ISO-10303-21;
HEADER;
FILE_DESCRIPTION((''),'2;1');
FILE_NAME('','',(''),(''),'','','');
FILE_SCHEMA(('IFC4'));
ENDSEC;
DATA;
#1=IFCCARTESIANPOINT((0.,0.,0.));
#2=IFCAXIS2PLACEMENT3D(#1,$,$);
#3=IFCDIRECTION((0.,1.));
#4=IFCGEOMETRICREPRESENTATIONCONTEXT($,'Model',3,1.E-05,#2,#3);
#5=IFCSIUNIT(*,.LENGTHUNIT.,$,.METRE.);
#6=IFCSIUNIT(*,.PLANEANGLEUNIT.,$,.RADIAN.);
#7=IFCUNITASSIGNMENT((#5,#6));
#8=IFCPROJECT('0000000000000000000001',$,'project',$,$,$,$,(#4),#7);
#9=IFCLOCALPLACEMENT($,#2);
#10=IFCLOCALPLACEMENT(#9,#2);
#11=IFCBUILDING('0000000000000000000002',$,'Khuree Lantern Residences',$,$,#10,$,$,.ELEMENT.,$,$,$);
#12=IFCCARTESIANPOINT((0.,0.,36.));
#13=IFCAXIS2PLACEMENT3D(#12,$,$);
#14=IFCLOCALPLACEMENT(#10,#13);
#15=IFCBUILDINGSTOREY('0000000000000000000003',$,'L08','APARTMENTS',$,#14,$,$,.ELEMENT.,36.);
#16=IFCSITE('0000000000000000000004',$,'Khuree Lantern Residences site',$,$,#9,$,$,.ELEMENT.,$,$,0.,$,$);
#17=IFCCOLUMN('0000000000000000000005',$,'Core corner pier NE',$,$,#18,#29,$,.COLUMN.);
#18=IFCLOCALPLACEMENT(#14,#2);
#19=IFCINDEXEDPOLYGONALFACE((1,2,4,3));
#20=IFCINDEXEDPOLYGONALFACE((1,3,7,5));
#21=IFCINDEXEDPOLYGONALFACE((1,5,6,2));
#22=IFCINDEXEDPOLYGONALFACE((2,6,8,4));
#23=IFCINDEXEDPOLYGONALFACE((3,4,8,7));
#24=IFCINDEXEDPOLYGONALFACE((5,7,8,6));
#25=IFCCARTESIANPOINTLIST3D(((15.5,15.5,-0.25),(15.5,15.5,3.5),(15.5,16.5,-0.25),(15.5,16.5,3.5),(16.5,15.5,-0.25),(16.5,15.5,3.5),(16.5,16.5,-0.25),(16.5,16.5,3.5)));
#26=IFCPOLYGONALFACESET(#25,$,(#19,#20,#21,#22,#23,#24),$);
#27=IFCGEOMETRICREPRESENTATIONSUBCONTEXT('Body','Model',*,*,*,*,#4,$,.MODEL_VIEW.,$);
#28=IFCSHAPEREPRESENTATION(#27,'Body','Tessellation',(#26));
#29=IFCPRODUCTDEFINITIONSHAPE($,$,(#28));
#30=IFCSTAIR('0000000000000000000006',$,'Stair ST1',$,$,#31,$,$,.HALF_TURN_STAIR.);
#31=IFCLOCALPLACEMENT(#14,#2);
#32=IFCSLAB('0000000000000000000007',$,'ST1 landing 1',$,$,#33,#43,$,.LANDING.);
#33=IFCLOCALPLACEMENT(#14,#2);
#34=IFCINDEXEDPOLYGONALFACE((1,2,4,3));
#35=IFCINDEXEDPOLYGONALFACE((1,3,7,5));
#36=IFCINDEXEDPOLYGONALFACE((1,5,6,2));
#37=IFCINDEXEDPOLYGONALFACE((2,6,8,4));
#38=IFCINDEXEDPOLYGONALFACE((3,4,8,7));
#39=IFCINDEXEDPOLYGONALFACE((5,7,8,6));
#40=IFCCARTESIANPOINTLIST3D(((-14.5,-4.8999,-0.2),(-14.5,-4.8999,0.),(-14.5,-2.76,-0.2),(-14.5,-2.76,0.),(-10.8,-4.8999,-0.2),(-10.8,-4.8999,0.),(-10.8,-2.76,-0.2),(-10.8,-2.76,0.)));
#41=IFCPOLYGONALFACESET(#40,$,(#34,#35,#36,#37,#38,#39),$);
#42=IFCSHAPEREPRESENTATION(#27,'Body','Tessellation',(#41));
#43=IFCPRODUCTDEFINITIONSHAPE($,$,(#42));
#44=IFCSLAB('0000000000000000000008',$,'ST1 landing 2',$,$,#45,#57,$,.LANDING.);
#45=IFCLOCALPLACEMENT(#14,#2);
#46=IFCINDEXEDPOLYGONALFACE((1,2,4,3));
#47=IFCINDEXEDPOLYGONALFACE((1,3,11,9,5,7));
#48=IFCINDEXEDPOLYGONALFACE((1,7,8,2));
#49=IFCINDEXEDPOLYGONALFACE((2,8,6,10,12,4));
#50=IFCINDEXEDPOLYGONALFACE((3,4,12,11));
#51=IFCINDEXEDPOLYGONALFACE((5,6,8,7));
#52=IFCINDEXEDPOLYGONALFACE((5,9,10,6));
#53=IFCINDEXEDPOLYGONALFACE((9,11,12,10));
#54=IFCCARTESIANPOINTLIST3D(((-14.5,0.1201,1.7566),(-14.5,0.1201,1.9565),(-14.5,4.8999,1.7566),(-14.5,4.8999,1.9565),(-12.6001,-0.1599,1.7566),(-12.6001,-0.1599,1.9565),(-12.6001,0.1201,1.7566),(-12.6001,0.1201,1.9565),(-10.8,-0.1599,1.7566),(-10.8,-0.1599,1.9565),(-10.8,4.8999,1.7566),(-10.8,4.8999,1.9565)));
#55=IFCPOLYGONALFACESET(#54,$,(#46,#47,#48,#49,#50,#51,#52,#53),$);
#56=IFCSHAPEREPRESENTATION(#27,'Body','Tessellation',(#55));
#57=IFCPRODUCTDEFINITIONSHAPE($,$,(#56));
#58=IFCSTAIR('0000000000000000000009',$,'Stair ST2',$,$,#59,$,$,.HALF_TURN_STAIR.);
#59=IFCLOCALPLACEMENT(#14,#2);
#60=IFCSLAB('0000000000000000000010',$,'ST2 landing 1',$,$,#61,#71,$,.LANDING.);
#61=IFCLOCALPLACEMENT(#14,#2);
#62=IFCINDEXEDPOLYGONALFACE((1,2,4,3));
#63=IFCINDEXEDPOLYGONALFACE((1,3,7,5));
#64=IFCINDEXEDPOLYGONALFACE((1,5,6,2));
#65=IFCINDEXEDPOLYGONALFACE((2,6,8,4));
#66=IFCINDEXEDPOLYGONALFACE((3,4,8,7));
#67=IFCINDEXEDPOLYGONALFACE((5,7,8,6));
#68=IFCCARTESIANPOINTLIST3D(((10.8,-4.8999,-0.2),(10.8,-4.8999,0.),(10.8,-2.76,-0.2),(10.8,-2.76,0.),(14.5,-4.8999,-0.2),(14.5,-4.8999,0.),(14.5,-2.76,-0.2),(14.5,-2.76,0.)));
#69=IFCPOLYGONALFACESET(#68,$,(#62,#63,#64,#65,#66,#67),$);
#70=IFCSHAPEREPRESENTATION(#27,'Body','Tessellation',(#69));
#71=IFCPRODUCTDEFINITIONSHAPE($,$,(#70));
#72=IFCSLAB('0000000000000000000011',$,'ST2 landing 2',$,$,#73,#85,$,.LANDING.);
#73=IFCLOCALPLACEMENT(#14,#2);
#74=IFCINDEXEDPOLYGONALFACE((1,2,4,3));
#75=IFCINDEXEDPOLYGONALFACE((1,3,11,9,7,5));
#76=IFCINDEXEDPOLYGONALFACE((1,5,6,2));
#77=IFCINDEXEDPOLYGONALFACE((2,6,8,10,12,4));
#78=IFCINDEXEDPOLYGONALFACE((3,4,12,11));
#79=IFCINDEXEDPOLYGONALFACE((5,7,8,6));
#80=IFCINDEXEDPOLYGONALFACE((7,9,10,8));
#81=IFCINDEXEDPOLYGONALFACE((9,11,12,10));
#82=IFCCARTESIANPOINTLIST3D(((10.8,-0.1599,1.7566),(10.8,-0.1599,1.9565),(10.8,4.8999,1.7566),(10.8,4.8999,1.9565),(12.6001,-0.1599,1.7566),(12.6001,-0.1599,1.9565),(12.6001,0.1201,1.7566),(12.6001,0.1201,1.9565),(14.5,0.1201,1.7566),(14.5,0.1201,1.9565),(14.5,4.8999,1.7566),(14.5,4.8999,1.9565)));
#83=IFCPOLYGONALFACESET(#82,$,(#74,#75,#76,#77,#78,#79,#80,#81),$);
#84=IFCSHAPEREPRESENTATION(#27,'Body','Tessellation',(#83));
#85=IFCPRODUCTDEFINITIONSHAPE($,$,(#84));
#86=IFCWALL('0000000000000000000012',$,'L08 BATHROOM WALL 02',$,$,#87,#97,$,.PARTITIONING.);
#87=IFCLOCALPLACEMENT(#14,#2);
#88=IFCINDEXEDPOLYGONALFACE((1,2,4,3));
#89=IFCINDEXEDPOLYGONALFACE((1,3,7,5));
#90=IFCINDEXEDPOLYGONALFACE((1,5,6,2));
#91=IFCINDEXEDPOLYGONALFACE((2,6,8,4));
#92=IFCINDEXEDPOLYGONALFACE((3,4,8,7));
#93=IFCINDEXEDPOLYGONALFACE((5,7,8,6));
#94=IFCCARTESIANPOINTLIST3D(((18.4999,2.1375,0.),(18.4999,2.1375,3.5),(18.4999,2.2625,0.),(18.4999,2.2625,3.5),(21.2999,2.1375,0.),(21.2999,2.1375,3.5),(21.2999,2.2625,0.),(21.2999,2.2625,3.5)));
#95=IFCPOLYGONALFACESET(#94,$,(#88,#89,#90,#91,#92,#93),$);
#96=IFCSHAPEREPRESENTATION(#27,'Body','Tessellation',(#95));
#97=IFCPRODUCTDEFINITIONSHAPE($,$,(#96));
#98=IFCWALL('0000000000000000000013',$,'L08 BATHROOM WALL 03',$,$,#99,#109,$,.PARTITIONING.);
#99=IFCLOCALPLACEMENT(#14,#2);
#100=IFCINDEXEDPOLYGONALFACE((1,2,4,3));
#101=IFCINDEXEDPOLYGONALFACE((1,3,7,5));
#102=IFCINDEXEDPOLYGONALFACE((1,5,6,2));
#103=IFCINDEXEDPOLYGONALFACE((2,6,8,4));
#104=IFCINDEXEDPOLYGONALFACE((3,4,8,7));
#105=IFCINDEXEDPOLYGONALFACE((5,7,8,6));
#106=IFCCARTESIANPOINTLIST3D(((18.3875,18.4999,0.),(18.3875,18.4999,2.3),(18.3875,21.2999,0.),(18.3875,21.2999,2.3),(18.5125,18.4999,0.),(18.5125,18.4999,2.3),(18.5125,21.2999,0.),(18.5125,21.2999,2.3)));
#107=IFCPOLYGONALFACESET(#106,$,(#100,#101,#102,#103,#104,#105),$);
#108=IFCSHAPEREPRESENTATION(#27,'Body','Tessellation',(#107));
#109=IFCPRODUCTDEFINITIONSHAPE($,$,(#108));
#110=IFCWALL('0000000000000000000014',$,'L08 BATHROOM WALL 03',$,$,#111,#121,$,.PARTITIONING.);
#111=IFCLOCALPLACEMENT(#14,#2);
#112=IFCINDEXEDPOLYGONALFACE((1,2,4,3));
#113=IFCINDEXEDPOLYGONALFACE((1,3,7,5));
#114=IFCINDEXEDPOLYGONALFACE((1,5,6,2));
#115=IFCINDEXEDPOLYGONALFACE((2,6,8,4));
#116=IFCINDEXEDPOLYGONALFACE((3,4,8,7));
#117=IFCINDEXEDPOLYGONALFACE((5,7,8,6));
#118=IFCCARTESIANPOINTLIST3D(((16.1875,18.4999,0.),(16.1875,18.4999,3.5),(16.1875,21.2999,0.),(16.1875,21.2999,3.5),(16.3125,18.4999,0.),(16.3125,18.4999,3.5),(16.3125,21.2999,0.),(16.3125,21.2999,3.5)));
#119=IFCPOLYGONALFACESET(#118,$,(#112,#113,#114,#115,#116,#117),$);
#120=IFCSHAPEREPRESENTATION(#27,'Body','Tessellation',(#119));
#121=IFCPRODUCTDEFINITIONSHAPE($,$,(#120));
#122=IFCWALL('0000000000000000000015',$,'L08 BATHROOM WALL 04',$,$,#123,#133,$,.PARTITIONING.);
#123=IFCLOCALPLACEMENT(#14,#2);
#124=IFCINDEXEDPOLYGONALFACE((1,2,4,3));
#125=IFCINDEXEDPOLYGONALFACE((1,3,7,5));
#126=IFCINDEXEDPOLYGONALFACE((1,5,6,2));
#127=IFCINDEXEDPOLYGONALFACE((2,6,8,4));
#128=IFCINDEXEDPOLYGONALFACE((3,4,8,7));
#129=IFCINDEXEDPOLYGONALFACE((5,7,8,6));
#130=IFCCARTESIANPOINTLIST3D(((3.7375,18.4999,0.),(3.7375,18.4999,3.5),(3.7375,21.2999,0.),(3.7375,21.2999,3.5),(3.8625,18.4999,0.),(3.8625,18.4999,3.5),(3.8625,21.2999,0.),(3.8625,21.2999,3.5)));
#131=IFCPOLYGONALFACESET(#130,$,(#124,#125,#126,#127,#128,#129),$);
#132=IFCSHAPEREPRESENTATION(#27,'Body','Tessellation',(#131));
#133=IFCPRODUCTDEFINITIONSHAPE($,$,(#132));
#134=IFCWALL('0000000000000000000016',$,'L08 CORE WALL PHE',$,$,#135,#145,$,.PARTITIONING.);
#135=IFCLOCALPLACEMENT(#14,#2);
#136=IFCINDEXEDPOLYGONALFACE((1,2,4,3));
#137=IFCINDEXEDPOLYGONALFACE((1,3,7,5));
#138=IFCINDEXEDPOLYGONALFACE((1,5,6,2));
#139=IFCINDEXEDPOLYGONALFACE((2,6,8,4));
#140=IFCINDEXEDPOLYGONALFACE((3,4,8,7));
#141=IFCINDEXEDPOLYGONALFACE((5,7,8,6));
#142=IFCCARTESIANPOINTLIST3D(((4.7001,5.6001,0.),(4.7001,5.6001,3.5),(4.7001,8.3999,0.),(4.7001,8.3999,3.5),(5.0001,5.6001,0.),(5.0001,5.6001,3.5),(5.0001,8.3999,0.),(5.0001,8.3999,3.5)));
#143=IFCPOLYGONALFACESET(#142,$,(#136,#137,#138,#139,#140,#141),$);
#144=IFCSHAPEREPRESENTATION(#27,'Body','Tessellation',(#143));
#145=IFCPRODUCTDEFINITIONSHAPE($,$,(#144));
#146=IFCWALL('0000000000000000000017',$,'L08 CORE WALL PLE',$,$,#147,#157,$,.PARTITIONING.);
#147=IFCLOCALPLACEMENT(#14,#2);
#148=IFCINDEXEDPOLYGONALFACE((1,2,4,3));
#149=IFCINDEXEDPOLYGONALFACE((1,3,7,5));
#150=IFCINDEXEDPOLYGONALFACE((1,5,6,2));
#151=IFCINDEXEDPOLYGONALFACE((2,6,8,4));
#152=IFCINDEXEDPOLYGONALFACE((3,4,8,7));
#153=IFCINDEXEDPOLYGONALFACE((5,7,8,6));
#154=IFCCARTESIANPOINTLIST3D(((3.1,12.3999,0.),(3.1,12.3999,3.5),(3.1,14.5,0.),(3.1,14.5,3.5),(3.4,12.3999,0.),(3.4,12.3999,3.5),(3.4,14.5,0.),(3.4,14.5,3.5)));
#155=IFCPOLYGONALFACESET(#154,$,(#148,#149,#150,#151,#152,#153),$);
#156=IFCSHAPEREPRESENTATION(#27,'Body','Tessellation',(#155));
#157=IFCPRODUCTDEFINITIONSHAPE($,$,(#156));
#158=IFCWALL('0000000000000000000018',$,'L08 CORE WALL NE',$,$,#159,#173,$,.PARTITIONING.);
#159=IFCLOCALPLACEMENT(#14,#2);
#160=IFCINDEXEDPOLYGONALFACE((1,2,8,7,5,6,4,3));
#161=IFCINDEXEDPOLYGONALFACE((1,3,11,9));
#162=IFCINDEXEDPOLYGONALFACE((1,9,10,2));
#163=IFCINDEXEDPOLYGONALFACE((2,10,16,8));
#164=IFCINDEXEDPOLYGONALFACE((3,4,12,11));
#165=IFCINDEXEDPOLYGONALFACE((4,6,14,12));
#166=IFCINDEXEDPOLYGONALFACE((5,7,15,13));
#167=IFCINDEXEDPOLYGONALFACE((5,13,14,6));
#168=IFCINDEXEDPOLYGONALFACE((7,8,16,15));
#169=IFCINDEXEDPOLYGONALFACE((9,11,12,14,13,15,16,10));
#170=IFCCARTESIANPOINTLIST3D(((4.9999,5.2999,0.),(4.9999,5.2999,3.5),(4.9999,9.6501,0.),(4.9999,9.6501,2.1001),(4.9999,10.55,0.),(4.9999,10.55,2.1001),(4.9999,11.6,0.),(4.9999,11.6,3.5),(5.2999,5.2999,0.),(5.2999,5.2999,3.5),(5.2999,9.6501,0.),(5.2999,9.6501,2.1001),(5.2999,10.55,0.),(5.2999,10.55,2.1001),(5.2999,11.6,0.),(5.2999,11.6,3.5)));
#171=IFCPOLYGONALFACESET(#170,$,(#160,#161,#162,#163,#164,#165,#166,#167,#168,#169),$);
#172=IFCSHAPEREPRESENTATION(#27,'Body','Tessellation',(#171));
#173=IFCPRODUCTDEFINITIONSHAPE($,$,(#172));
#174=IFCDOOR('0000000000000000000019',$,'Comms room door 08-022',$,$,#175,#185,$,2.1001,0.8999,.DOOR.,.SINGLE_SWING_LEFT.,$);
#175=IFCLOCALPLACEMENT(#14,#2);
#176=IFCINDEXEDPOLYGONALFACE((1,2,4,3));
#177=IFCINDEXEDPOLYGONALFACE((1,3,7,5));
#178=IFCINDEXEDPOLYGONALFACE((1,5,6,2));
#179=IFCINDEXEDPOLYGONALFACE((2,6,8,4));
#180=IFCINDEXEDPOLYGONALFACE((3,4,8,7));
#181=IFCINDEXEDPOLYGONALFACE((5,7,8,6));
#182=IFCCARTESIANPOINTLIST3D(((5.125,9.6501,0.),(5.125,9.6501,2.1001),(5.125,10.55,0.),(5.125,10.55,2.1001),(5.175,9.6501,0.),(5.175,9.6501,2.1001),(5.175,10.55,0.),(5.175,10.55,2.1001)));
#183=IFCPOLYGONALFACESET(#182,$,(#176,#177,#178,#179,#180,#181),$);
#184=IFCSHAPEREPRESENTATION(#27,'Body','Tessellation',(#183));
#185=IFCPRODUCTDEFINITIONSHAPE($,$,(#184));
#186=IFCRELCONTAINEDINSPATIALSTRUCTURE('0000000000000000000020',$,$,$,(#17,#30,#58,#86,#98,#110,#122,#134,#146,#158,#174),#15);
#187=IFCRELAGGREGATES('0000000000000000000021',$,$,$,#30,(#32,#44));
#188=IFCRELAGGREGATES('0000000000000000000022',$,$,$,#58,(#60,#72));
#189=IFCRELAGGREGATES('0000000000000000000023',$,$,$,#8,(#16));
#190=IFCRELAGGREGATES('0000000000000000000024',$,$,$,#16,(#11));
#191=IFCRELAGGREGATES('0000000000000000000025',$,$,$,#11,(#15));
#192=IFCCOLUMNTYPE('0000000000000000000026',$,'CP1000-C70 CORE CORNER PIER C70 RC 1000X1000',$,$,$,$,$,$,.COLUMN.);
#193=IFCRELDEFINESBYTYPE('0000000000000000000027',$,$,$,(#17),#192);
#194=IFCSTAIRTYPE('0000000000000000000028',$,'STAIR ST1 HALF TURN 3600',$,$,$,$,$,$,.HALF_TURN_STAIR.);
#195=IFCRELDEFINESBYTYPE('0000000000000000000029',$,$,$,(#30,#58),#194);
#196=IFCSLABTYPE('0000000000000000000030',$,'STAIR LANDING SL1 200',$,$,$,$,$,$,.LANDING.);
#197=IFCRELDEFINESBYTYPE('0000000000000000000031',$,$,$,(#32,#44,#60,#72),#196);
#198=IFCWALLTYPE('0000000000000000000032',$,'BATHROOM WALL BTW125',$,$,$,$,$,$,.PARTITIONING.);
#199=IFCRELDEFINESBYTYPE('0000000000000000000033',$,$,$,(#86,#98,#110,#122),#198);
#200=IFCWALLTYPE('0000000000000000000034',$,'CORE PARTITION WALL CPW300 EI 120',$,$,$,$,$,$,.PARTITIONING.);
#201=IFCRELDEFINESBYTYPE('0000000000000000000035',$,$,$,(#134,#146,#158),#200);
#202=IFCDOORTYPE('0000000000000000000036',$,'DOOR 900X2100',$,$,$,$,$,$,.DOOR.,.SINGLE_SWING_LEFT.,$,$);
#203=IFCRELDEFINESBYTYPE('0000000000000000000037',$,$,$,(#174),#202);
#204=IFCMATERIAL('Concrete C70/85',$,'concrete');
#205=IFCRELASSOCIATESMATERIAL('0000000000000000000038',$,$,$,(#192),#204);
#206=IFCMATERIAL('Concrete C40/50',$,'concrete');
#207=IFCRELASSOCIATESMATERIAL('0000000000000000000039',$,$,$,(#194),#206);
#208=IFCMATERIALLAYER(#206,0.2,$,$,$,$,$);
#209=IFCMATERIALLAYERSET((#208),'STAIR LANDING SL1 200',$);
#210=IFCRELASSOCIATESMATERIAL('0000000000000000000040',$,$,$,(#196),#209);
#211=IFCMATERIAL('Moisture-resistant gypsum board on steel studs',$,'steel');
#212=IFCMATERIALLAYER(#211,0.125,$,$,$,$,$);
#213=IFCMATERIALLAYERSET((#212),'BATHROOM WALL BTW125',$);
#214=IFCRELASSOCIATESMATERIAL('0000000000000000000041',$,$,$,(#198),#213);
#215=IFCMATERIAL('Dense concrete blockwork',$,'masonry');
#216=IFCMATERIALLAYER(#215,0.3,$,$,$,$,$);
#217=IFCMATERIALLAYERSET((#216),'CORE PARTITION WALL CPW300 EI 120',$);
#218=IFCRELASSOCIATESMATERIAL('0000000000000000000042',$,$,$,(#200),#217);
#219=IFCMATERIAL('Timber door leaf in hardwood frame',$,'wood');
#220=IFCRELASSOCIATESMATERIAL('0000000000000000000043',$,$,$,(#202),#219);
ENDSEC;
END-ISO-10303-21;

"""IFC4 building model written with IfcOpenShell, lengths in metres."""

from ifc_helpers import new_model, si_unit, direction, frame, frame_2d, origin, origin_2d, place, context, subcontext, project, spatial, polyline, rectangle, outline, extrude, material, layer, layer_set, material_profile, profile_set, type_object, element, fill, aggregate, save


model = new_model("IFC4")

# Units and contexts
model_context = context("Model", 3, precision=1e-05, world=origin(), true_north=direction((0.0, 1.0)))
body_context = subcontext(model_context, "Body", "Model", "MODEL_VIEW")
ifc_project = project(units=[si_unit("LENGTHUNIT", "METRE"), si_unit("PLANEANGLEUNIT", "RADIAN")], contexts=[model_context])

# Site, building, storey
site_placement = place(None, origin())
site = spatial("IfcSite", under=ifc_project, at=site_placement, Name="Khuree Lantern Residences site", CompositionType="ELEMENT", RefElevation=0.0)
building_placement = place(site_placement, origin())
building = spatial("IfcBuilding", under=site, at=building_placement, Name="Khuree Lantern Residences", CompositionType="ELEMENT")
storey_placement = place(building_placement, frame((0.0, 0.0, 36.0)))
storey = spatial("IfcBuildingStorey", under=building, at=storey_placement, Name="L08", Description="APARTMENTS", CompositionType="ELEMENT", Elevation=36.0)

# Column
ifc_material_1 = material(Name="Concrete C70/85", Category="concrete")
ifc_material_profile = material_profile(ifc_material_1, rectangle(XDim=1.0, YDim=1.0, at=origin_2d()), Name="RC 1000X1000")
ifc_profile_set = profile_set([ifc_material_profile], Name="Concrete C70/85")
column_type = type_object("IfcColumnType", Name="CP1000-C70 CORE CORNER PIER C70 RC 1000X1000", PredefinedType="COLUMN", material=ifc_profile_set)
column_placement = place(storey_placement, frame((16.0, 16.0, -0.25), z_axis=(0.0, 0.0, 1.0), x_axis=(1.0, 0.0, 0.0)))
element("IfcColumn", 1, at=column_placement, inside=storey, type_object=column_type, Name="Core corner pier NE", PredefinedType="COLUMN", context=body_context, shape_type="SweptSolid", body=[
    extrude(rectangle(XDim=1.0, YDim=1.0, at=origin_2d()), origin(), (0.0, 0.0, 1.0), 3.75),
])

# Stairs, slabs
ifc_material_2 = material(Name="Concrete C40/50", Category="concrete")
stair_type = type_object("IfcStairType", Name="STAIR ST1 HALF TURN 3600", PredefinedType="HALF_TURN_STAIR", material=ifc_material_2)
stair_1_placement = place(storey_placement, origin())
stair_1 = element("IfcStair", 2, at=stair_1_placement, inside=storey, type_object=stair_type, Name="Stair ST1", PredefinedType="HALF_TURN_STAIR")
ifc_layer_1 = layer(ifc_material_2, 0.2)
ifc_layer_set_1 = layer_set([ifc_layer_1], Name="STAIR LANDING SL1 200")
slab_type = type_object("IfcSlabType", Name="STAIR LANDING SL1 200", PredefinedType="LANDING", material=ifc_layer_set_1)
slab_1_placement = place(storey_placement, frame((0.0, 0.0, -0.2)))
slab_1 = element("IfcSlab", 3, at=slab_1_placement, type_object=slab_type, Name="ST1 landing 1", PredefinedType="LANDING", context=body_context, shape_type="SweptSolid", body=[
    extrude(outline(polyline([(-14.5, -4.8999), (-10.8, -4.8999), (-10.8, -2.76), (-14.5, -2.76), (-14.5, -4.8999)])), origin(), (0.0, 0.0, 1.0), 0.2),
])
slab_2_placement = place(storey_placement, frame((0.0, 0.0, 1.7566)))
slab_2 = element("IfcSlab", 4, at=slab_2_placement, type_object=slab_type, Name="ST1 landing 2", PredefinedType="LANDING", context=body_context, shape_type="SweptSolid", body=[
    extrude(outline(polyline([(-14.5, 0.1201), (-14.5, 4.8999), (-10.8, 4.8999), (-10.8, -0.1599), (-12.6001, -0.1599), (-12.6001, 0.1201), (-14.5, 0.1201)])), origin(), (0.0, 0.0, 1.0), 0.2),
])
aggregate(stair_1, [slab_1, slab_2])
stair_2_placement = place(storey_placement, origin())
stair_2 = element("IfcStair", 5, at=stair_2_placement, inside=storey, type_object=stair_type, Name="Stair ST2", PredefinedType="HALF_TURN_STAIR")
slab_3_placement = place(storey_placement, frame((0.0, 0.0, -0.2)))
slab_3 = element("IfcSlab", 6, at=slab_3_placement, type_object=slab_type, Name="ST2 landing 1", PredefinedType="LANDING", context=body_context, shape_type="SweptSolid", body=[
    extrude(outline(polyline([(10.8, -4.8999), (14.5, -4.8999), (14.5, -2.76), (10.8, -2.76), (10.8, -4.8999)])), origin(), (0.0, 0.0, 1.0), 0.2),
])
slab_4_placement = place(storey_placement, frame((0.0, 0.0, 1.7566)))
slab_4 = element("IfcSlab", 7, at=slab_4_placement, type_object=slab_type, Name="ST2 landing 2", PredefinedType="LANDING", context=body_context, shape_type="SweptSolid", body=[
    extrude(outline(polyline([(14.5, 4.8999), (14.5, 0.1201), (12.6001, 0.1201), (12.6001, -0.1599), (10.8, -0.1599), (10.8, 4.8999), (14.5, 4.8999)])), origin(), (0.0, 0.0, 1.0), 0.2),
])

# Walls
ifc_material_3 = material(Name="Moisture-resistant gypsum board on steel studs", Category="steel")
ifc_layer_2 = layer(ifc_material_3, 0.125)
ifc_layer_set_2 = layer_set([ifc_layer_2], Name="BATHROOM WALL BTW125")
wall_type_1 = type_object("IfcWallType", Name="BATHROOM WALL BTW125", PredefinedType="PARTITIONING", material=ifc_layer_set_2)
wall_1_placement = place(storey_placement, frame((18.5, 2.2, 0.0), z_axis=(0.0, 0.0, 1.0), x_axis=(1.0, 0.0, 0.0)))
element("IfcWall", 8, at=wall_1_placement, inside=storey, type_object=wall_type_1, Name="L08 BATHROOM WALL 02", PredefinedType="PARTITIONING", context=body_context, shape_type="SweptSolid", body=[
    extrude(rectangle(XDim=2.8, YDim=0.125, at=frame_2d((1.3999, 0.0))), origin(), (0.0, 0.0, 1.0), 3.5),
])
wall_2_placement = place(storey_placement, frame((18.45, 18.5, 0.0), z_axis=(0.0, 0.0, 1.0), x_axis=(0.0, 1.0, 0.0)))
element("IfcWall", 9, at=wall_2_placement, inside=storey, type_object=wall_type_1, Name="L08 BATHROOM WALL 03", PredefinedType="PARTITIONING", context=body_context, shape_type="SweptSolid", body=[
    extrude(rectangle(XDim=2.8, YDim=0.125, at=frame_2d((1.3999, 0.0))), origin(), (0.0, 0.0, 1.0), 2.3),
])
for number, where, z_axis, x_axis, name in (
    (10, (16.25, 18.5, 0.0), (0.0, 0.0, 1.0), (0.0, 1.0, 0.0), "L08 BATHROOM WALL 03"),
    (11, (3.8, 18.5, 0.0), (0.0, 0.0, 1.0), (0.0, 1.0, 0.0), "L08 BATHROOM WALL 04"),
):
    element("IfcWall", number, at=place(storey_placement, frame(where, z_axis=z_axis, x_axis=x_axis)), inside=storey, type_object=wall_type_1, Name=name, PredefinedType="PARTITIONING", context=body_context, shape_type="SweptSolid", body=[
        extrude(rectangle(XDim=2.8, YDim=0.125, at=frame_2d((1.3999, 0.0))), origin(), (0.0, 0.0, 1.0), 3.5),
    ])
ifc_material_4 = material(Name="Dense concrete blockwork", Category="masonry")
ifc_layer_3 = layer(ifc_material_4, 0.3)
ifc_layer_set_3 = layer_set([ifc_layer_3], Name="CORE PARTITION WALL CPW300 EI 120")
wall_type_2 = type_object("IfcWallType", Name="CORE PARTITION WALL CPW300 EI 120", PredefinedType="PARTITIONING", material=ifc_layer_set_3)
wall_3_placement = place(storey_placement, frame((4.8501, 5.6001, 0.0), z_axis=(0.0, 0.0, 1.0), x_axis=(0.0, 1.0, 0.0)))
element("IfcWall", 12, at=wall_3_placement, inside=storey, type_object=wall_type_2, Name="L08 CORE WALL PHE", PredefinedType="PARTITIONING", context=body_context, shape_type="SweptSolid", body=[
    extrude(rectangle(XDim=2.7998, YDim=0.3, at=frame_2d((1.3999, 0.0))), origin(), (0.0, 0.0, 1.0), 3.5),
])
wall_4_placement = place(storey_placement, frame((3.25, 12.3999, 0.0), z_axis=(0.0, 0.0, 1.0), x_axis=(0.0, 1.0, 0.0)))
element("IfcWall", 13, at=wall_4_placement, inside=storey, type_object=wall_type_2, Name="L08 CORE WALL PLE", PredefinedType="PARTITIONING", context=body_context, shape_type="SweptSolid", body=[
    extrude(rectangle(XDim=2.1001, YDim=0.3, at=frame_2d((1.05, 0.0))), origin(), (0.0, 0.0, 1.0), 3.5),
])

# Wall, opening, door
wall_5_placement = place(storey_placement, frame((5.1499, 5.3, 0.0), z_axis=(0.0, 0.0, 1.0), x_axis=(0.0, 1.0, 0.0)))
wall_5 = element("IfcWall", 14, at=wall_5_placement, inside=storey, type_object=wall_type_2, Name="L08 CORE WALL NE", PredefinedType="PARTITIONING", context=body_context, shape_type="SweptSolid", body=[
    extrude(rectangle(XDim=6.3, YDim=0.3, at=frame_2d((3.1499, 0.0))), origin(), (0.0, 0.0, 1.0), 3.5),
])
opening_1_placement = place(wall_5_placement, frame((4.3501, 0.0, 0.0)))
opening_1 = element("IfcOpeningElement", 15, at=opening_1_placement, cuts=wall_5, PredefinedType="OPENING", context=body_context, shape_type="SweptSolid", body=[
    extrude(rectangle(XDim=0.8999, YDim=2.1001, at=frame_2d((0.45, 1.05))), frame((0.0, 0.1602, 0.0), z_axis=(0.0, -1.0, 0.0), x_axis=(1.0, 0.0, 0.0)), (0.0, 0.0, 1.0), 0.3201),
])
ifc_material_5 = material(Name="Timber door leaf in hardwood frame", Category="wood")
door_type_1 = type_object("IfcDoorType", Name="DOOR 900X2100", OperationType="SINGLE_SWING_LEFT", PredefinedType="DOOR", material=ifc_material_5)
door_1_placement = place(opening_1_placement, origin())
door_1 = element("IfcDoor", 16, at=door_1_placement, inside=storey, type_object=door_type_1, Name="Comms room door 08-022", OperationType="SINGLE_SWING_LEFT", OverallHeight=2.1001, OverallWidth=0.8999, PredefinedType="DOOR", context=body_context, shape_type="SweptSolid", body=[
    extrude(rectangle(XDim=0.8999, YDim=2.1001, at=frame_2d((0.45, 1.05))), frame((0.0, 0.0249, 0.0), z_axis=(0.0, -1.0, 0.0), x_axis=(1.0, 0.0, 0.0)), (0.0, 0.0, 1.0), 0.05),
])
fill(opening_1, door_1)

aggregate(stair_2, [slab_3, slab_4])

save(model, "model.ifc")
